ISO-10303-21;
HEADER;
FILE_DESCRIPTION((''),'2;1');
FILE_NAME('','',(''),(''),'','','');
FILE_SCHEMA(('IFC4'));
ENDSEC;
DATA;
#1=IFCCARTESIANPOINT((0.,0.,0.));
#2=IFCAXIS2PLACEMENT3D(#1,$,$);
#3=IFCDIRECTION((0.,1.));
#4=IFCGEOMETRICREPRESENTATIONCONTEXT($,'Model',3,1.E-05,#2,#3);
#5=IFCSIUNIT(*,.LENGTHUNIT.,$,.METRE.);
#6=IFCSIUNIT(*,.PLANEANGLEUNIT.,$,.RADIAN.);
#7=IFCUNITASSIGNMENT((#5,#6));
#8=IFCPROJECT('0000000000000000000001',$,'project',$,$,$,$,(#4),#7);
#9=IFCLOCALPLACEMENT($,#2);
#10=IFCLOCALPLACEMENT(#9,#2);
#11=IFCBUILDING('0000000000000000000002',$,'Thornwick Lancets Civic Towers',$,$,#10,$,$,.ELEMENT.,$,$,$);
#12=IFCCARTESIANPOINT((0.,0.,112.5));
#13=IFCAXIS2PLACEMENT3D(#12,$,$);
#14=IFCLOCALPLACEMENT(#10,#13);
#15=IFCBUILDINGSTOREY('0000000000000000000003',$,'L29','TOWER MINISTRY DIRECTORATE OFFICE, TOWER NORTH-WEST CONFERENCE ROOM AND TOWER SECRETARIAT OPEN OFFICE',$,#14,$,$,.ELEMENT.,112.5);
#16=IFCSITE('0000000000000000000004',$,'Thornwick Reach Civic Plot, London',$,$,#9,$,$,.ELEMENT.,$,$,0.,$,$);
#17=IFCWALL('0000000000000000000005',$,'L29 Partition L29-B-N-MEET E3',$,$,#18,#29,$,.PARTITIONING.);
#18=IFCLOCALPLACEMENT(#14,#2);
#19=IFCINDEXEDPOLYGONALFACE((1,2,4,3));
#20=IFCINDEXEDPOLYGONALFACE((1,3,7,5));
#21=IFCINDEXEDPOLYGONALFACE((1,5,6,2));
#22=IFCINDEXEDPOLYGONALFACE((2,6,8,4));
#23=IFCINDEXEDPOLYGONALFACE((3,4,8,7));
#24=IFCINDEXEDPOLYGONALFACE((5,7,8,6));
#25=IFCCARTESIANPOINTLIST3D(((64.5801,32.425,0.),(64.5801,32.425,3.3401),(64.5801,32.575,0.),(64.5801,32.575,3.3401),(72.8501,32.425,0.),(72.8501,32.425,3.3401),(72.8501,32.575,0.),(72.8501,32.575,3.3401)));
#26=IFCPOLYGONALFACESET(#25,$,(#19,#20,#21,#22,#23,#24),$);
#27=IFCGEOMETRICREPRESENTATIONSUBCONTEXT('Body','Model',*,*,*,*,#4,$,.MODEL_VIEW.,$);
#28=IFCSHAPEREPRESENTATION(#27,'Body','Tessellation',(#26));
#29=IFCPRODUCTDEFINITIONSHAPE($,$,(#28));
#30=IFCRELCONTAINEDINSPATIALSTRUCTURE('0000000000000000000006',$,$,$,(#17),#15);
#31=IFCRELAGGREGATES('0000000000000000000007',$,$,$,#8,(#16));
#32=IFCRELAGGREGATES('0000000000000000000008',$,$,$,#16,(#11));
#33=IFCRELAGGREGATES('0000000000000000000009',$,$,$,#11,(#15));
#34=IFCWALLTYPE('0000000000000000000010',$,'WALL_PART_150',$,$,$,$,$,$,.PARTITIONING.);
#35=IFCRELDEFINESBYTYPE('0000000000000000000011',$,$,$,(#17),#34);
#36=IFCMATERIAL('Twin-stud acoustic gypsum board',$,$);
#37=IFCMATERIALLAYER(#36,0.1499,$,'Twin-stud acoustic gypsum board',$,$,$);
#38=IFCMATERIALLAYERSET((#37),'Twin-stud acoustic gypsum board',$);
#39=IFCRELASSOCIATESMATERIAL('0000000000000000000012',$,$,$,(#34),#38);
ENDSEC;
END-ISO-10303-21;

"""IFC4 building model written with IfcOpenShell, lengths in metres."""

from ifc_helpers import new_model, si_unit, direction, frame, frame_2d, origin, place, context, subcontext, project, spatial, rectangle, extrude, material, layer, layer_set, type_object, element, save


model = new_model("IFC4")

# Units and contexts
model_context = context("Model", 3, precision=1e-05, world=origin(), true_north=direction((0.0, 1.0)))
body_context = subcontext(model_context, "Body", "Model", "MODEL_VIEW")
ifc_project = project(units=[si_unit("LENGTHUNIT", "METRE"), si_unit("PLANEANGLEUNIT", "RADIAN")], contexts=[model_context])

# Site, building, storey
site_placement = place(None, origin())
site = spatial("IfcSite", under=ifc_project, at=site_placement, Name="Thornwick Reach Civic Plot, London", CompositionType="ELEMENT", RefElevation=0.0)
building_placement = place(site_placement, origin())
building = spatial("IfcBuilding", under=site, at=building_placement, Name="Thornwick Lancets Civic Towers", CompositionType="ELEMENT")
storey_placement = place(building_placement, frame((0.0, 0.0, 112.5)))
storey = spatial("IfcBuildingStorey", under=building, at=storey_placement, Name="L29", Description="TOWER MINISTRY DIRECTORATE OFFICE, TOWER NORTH-WEST CONFERENCE ROOM AND TOWER SECRETARIAT OPEN OFFICE", CompositionType="ELEMENT", Elevation=112.5)

# Wall
ifc_material_1 = material(Name="Twin-stud acoustic gypsum board")
ifc_layer_1 = layer(ifc_material_1, 0.1499, Name="Twin-stud acoustic gypsum board")
ifc_layer_set_1 = layer_set([ifc_layer_1], Name="Twin-stud acoustic gypsum board")
wall_type_1 = type_object("IfcWallType", Name="WALL_PART_150", PredefinedType="PARTITIONING", material=ifc_layer_set_1)
wall_1_placement = place(storey_placement, frame((64.5801, 32.5, 0.0), z_axis=(0.0, 0.0, 1.0), x_axis=(1.0, 0.0, 0.0)))
element("IfcWall", 1, at=wall_1_placement, inside=storey, type_object=wall_type_1, Name="L29 Partition L29-B-N-MEET E3", PredefinedType="PARTITIONING", context=body_context, shape_type="SweptSolid", body=[
    extrude(rectangle(XDim=8.27, YDim=0.1499, at=frame_2d((4.135, 0.0))), origin(), (0.0, 0.0, 1.0), 3.3401),
])

save(model, "model.ifc")
